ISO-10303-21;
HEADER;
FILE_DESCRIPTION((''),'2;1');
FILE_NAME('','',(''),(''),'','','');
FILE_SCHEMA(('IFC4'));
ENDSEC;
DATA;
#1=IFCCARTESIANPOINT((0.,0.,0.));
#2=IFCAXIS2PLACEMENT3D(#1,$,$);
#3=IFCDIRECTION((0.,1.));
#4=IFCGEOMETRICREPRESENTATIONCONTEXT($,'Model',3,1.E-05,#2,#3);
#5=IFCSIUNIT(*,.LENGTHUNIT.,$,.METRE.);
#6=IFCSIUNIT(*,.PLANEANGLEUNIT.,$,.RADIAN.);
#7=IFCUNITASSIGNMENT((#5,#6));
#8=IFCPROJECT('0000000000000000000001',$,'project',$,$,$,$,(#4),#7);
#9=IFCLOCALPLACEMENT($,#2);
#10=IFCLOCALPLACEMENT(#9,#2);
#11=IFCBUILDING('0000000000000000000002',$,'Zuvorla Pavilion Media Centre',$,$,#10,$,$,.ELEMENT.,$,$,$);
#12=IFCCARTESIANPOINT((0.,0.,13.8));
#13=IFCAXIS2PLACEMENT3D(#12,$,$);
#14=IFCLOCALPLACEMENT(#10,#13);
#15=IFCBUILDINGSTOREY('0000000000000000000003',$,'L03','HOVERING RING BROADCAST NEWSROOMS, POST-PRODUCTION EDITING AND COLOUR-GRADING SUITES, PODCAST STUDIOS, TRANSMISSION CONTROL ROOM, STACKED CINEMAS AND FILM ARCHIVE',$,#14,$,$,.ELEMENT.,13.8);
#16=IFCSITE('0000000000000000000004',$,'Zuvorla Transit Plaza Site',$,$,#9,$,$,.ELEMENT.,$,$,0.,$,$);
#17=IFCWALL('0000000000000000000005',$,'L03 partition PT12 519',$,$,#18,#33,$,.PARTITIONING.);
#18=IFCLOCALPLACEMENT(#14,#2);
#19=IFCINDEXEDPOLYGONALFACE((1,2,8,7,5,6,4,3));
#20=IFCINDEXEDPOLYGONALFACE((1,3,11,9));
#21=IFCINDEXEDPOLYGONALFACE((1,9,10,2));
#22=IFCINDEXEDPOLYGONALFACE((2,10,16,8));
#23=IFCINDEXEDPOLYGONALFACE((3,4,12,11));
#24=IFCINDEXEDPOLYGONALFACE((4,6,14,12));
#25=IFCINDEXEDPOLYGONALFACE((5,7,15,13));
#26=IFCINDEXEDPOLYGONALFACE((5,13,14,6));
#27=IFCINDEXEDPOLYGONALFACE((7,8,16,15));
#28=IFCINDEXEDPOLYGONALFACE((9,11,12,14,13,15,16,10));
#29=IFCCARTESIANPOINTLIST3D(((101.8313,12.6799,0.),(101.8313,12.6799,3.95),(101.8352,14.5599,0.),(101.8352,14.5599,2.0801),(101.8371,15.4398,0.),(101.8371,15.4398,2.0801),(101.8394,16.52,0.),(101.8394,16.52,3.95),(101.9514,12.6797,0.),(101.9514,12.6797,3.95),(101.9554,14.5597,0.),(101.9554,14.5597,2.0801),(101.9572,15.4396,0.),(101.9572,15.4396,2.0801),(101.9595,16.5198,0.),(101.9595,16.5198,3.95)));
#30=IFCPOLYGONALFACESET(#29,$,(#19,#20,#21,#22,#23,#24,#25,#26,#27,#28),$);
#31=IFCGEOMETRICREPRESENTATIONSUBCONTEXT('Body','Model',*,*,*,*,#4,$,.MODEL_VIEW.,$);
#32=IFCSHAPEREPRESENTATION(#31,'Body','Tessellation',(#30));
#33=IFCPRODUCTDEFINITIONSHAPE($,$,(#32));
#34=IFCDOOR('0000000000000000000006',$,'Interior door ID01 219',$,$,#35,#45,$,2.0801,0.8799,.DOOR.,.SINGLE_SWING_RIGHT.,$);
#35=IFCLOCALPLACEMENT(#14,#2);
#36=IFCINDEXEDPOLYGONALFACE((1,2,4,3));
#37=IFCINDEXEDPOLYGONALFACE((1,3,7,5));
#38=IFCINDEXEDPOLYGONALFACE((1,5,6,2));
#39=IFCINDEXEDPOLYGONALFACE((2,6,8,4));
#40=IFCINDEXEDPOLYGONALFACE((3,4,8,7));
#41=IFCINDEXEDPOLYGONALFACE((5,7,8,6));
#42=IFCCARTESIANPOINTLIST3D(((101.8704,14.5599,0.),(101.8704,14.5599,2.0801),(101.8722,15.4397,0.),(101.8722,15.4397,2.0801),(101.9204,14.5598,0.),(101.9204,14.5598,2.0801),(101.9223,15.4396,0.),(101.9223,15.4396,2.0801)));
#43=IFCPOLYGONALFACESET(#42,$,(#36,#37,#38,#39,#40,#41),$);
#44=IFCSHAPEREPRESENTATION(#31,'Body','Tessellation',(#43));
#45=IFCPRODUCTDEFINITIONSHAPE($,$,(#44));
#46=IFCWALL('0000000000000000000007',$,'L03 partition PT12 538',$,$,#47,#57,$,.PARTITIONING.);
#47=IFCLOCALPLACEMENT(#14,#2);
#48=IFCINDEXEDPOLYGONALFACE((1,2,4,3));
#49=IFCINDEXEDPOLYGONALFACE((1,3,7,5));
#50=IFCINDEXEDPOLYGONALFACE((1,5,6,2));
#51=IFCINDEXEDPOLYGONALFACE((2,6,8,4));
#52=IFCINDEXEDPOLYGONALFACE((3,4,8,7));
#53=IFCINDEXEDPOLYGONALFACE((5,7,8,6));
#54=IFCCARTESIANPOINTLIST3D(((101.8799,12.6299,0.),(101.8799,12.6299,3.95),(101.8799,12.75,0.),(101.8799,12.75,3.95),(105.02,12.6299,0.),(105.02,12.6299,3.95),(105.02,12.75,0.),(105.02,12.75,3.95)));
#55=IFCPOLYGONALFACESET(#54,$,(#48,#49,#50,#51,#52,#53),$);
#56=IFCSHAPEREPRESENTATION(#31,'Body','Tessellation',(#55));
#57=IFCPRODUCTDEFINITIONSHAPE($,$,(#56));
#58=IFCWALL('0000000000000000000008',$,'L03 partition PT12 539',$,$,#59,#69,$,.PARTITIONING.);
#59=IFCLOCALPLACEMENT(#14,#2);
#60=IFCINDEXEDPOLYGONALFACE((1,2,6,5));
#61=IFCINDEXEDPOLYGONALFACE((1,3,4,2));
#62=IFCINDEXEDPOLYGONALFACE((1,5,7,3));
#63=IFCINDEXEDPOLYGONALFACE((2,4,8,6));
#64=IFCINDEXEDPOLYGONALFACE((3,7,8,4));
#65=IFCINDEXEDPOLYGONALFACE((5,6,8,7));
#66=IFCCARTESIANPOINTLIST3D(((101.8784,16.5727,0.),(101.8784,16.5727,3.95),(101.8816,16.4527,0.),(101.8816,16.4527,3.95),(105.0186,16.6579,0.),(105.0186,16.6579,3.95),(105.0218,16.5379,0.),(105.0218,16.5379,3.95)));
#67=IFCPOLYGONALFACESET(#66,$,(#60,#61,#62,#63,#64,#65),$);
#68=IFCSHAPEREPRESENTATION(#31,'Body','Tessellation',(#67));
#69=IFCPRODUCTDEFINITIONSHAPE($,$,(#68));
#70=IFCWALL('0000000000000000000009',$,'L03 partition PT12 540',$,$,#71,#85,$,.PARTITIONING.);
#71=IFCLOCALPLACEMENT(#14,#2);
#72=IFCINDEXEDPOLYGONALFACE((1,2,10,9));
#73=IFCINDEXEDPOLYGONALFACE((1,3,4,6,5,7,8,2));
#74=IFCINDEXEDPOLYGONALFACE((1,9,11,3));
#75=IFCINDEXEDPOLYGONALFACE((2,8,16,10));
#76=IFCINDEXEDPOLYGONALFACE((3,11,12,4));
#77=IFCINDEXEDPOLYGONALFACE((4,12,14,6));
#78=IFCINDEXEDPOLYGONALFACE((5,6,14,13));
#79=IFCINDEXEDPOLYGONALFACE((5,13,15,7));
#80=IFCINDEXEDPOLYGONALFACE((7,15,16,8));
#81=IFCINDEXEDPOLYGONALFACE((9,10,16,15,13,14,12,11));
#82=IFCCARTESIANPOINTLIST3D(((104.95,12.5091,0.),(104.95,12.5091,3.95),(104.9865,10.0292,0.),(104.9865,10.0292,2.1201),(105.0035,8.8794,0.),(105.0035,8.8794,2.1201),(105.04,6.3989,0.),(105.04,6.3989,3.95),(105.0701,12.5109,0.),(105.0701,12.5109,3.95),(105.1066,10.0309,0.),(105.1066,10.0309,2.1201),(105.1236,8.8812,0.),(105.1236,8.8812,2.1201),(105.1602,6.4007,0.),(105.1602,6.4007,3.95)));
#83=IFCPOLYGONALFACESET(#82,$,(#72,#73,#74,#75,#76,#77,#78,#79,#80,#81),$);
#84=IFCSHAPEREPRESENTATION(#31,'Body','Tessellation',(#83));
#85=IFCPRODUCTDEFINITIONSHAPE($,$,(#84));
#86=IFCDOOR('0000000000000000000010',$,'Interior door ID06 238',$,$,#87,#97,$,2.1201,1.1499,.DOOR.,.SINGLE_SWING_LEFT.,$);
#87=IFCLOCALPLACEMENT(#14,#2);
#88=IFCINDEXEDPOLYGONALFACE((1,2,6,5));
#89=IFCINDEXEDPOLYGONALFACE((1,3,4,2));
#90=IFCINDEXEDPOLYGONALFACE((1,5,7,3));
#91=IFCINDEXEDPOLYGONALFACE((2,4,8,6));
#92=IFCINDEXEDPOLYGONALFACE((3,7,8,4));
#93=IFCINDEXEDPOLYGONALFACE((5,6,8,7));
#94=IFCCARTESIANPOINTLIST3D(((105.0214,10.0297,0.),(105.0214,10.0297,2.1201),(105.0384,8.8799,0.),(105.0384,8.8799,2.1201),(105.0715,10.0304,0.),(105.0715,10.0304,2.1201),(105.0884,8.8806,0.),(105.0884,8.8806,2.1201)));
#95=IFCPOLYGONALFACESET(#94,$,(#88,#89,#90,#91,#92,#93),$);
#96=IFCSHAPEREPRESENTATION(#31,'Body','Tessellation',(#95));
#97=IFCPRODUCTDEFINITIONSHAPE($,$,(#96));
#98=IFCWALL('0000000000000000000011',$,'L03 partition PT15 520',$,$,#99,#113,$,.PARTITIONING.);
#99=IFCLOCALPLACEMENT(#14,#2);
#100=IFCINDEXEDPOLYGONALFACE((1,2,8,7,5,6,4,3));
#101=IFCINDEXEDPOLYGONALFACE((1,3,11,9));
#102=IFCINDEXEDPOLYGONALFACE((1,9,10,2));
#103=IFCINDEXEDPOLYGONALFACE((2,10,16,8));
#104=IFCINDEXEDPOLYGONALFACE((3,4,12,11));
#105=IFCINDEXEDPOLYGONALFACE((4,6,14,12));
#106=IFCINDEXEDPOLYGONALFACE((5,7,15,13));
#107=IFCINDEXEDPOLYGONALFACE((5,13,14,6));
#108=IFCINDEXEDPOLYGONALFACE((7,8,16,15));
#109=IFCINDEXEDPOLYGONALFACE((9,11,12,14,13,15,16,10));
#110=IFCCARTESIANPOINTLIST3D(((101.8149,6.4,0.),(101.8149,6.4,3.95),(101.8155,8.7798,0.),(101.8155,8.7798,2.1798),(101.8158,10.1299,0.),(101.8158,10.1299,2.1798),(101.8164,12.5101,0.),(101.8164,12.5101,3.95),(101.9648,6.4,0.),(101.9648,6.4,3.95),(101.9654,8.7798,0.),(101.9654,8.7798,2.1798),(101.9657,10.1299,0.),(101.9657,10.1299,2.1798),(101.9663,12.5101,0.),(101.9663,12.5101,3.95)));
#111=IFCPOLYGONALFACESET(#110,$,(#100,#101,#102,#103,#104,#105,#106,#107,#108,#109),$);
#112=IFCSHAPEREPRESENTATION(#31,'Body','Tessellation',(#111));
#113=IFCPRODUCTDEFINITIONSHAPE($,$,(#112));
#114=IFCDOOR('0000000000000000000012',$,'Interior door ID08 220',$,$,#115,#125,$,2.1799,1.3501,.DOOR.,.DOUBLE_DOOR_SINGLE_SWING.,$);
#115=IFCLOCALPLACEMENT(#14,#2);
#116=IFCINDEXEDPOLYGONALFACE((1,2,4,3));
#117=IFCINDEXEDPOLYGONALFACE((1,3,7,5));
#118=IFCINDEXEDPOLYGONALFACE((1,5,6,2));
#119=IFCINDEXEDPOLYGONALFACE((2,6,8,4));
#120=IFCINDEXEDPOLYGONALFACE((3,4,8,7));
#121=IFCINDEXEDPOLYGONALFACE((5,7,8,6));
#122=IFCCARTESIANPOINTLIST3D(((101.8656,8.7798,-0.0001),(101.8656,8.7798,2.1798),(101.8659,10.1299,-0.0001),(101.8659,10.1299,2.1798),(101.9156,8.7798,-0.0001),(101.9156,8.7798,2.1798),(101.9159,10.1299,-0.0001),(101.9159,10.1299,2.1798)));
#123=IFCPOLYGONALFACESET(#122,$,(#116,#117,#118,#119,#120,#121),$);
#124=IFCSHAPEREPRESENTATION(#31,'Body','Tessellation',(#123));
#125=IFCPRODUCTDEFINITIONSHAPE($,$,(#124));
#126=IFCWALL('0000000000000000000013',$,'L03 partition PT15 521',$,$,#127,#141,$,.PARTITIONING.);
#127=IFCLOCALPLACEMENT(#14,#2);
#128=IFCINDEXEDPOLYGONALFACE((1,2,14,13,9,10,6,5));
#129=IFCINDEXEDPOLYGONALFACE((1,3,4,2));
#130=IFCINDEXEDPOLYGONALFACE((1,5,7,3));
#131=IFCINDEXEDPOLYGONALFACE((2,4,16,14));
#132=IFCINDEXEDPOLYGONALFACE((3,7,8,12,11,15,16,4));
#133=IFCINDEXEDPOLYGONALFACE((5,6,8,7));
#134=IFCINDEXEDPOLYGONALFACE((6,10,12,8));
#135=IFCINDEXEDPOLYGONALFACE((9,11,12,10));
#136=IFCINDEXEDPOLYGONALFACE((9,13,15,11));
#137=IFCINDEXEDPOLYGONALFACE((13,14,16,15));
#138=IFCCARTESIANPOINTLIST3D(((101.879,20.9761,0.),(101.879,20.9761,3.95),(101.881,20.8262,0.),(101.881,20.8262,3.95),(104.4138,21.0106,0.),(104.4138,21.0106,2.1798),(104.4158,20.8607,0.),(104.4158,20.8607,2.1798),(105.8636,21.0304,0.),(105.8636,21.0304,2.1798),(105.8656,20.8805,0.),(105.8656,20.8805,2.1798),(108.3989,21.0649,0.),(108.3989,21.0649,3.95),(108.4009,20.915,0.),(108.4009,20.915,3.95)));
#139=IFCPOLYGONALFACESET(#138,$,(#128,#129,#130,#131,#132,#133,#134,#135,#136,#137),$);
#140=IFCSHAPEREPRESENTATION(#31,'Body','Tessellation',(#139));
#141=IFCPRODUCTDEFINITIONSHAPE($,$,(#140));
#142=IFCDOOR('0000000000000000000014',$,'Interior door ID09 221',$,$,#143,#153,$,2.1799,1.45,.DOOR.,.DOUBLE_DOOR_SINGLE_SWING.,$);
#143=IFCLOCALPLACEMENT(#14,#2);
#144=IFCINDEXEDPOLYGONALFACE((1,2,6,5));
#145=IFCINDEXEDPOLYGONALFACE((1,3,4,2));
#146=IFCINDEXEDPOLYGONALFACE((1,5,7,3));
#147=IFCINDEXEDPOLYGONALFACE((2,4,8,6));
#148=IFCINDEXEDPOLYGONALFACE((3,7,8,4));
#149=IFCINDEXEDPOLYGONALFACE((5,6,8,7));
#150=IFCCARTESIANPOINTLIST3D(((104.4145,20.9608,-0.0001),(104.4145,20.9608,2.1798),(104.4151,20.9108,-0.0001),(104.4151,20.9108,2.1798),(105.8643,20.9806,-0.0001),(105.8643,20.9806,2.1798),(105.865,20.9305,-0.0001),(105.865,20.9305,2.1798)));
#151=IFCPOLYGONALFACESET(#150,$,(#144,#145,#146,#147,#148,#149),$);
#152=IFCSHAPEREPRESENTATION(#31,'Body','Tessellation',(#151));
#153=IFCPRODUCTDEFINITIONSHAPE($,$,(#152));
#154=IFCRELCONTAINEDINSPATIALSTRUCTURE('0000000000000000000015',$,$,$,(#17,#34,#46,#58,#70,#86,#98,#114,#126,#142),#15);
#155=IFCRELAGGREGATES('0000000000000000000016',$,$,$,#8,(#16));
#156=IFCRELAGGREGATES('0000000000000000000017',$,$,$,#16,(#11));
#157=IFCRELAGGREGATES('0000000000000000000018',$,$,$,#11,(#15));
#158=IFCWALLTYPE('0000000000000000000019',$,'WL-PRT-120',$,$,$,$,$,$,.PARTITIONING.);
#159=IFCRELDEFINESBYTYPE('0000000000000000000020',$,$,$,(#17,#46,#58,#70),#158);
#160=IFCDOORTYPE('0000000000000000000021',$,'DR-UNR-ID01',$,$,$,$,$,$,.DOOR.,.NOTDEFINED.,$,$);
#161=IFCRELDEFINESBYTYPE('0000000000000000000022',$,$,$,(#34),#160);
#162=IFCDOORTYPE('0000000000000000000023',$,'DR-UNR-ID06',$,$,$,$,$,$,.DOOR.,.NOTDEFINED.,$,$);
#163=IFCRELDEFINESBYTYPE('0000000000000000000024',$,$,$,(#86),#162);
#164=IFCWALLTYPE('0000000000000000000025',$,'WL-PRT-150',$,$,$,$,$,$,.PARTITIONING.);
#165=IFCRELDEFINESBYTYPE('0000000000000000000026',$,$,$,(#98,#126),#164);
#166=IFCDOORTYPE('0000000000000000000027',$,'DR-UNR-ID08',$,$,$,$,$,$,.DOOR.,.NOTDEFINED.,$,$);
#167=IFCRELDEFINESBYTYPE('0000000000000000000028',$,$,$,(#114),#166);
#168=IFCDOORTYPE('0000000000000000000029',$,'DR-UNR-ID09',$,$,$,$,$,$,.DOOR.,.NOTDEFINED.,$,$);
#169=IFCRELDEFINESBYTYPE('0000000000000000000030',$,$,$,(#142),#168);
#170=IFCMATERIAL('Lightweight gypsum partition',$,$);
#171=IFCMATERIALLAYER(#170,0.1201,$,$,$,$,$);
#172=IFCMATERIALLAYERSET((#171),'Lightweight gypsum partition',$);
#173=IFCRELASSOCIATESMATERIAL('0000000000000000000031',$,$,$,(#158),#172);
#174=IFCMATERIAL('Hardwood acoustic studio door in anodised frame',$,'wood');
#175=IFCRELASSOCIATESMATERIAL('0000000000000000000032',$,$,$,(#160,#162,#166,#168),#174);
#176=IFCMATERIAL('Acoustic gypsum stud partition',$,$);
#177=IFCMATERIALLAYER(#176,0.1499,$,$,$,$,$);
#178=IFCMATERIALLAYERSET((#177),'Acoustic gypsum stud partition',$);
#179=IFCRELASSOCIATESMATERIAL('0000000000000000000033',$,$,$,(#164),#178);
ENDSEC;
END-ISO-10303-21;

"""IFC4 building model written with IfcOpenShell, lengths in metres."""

from ifc_helpers import new_model, si_unit, direction, frame, frame_2d, origin, place, context, subcontext, project, spatial, rectangle, extrude, material, layer, layer_set, type_object, element, fill, save


model = new_model("IFC4")

# Units and contexts
model_context = context("Model", 3, precision=1e-05, world=origin(), true_north=direction((0.0, 1.0)))
body_context = subcontext(model_context, "Body", "Model", "MODEL_VIEW")
ifc_project = project(units=[si_unit("LENGTHUNIT", "METRE"), si_unit("PLANEANGLEUNIT", "RADIAN")], contexts=[model_context])

# Site, building, storey
site_placement = place(None, origin())
site = spatial("IfcSite", under=ifc_project, at=site_placement, Name="Zuvorla Transit Plaza Site", CompositionType="ELEMENT", RefElevation=0.0)
building_placement = place(site_placement, origin())
building = spatial("IfcBuilding", under=site, at=building_placement, Name="Zuvorla Pavilion Media Centre", CompositionType="ELEMENT")
storey_placement = place(building_placement, frame((0.0, 0.0, 13.8)))
storey = spatial("IfcBuildingStorey", under=building, at=storey_placement, Name="L03", Description="HOVERING RING BROADCAST NEWSROOMS, POST-PRODUCTION EDITING AND COLOUR-GRADING SUITES, PODCAST STUDIOS, TRANSMISSION CONTROL ROOM, STACKED CINEMAS AND FILM ARCHIVE", CompositionType="ELEMENT", Elevation=13.8)

# Wall, opening, door
ifc_material_1 = material(Name="Lightweight gypsum partition")
ifc_layer_1 = layer(ifc_material_1, 0.1201)
ifc_layer_set_1 = layer_set([ifc_layer_1], Name="Lightweight gypsum partition")
wall_type_1 = type_object("IfcWallType", Name="WL-PRT-120", PredefinedType="PARTITIONING", material=ifc_layer_set_1)
wall_1_placement = place(storey_placement, frame((101.8914, 12.6799, 0.0), z_axis=(0.0, 0.0, 1.0), x_axis=(0.002098, 0.999998, 0.0)))
wall_1 = element("IfcWall", 1, at=wall_1_placement, inside=storey, type_object=wall_type_1, Name="L03 partition PT12 519", PredefinedType="PARTITIONING", context=body_context, shape_type="SweptSolid", body=[
    extrude(rectangle(XDim=3.8401, YDim=0.1201, at=frame_2d((1.9199, 0.0))), origin(), (0.0, 0.0, 1.0), 3.95),
])
opening_1_placement = place(wall_1_placement, frame((1.8799, 0.0, 0.0)))
opening_1 = element("IfcOpeningElement", 2, at=opening_1_placement, cuts=wall_1, PredefinedType="OPENING", context=body_context, shape_type="SweptSolid", body=[
    extrude(rectangle(XDim=0.8799, YDim=2.0801, at=frame_2d((0.4399, 1.04))), frame((0.0, 0.0701, 0.0), z_axis=(0.0, -1.0, 0.0), x_axis=(1.0, 0.0, 0.0)), (0.0, 0.0, 1.0), 0.1401),
])
ifc_material_2 = material(Name="Hardwood acoustic studio door in anodised frame", Category="wood")
door_type_1 = type_object("IfcDoorType", Name="DR-UNR-ID01", OperationType="NOTDEFINED", PredefinedType="DOOR", material=ifc_material_2)
door_1_placement = place(opening_1_placement, origin())
door_1 = element("IfcDoor", 3, at=door_1_placement, inside=storey, type_object=door_type_1, Name="Interior door ID01 219", OperationType="SINGLE_SWING_RIGHT", OverallHeight=2.0801, OverallWidth=0.8799, PredefinedType="DOOR", context=body_context, shape_type="SweptSolid", body=[
    extrude(rectangle(XDim=0.8799, YDim=2.0801, at=frame_2d((0.4399, 1.04))), frame((0.0, 0.0249, 0.0), z_axis=(0.0, -1.0, 0.0), x_axis=(1.0, 0.0, 0.0)), (0.0, 0.0, 1.0), 0.05),
])
fill(opening_1, door_1)

# Walls
wall_2_placement = place(storey_placement, frame((105.02, 12.6899, 0.0), z_axis=(0.0, 0.0, 1.0), x_axis=(-1.0, 0.0, 0.0)))
element("IfcWall", 4, at=wall_2_placement, inside=storey, type_object=wall_type_1, Name="L03 partition PT12 538", PredefinedType="PARTITIONING", context=body_context, shape_type="SweptSolid", body=[
    extrude(rectangle(XDim=3.1401, YDim=0.1201, at=frame_2d((1.5701, 0.0))), origin(), (0.0, 0.0, 1.0), 3.95),
])
wall_3_placement = place(storey_placement, frame((101.8799, 16.5127, 0.0), z_axis=(0.0, 0.0, 1.0), x_axis=(0.999632, 0.027124, 0.0)))
element("IfcWall", 5, at=wall_3_placement, inside=storey, type_object=wall_type_1, Name="L03 partition PT12 539", PredefinedType="PARTITIONING", context=body_context, shape_type="SweptSolid", body=[
    extrude(rectangle(XDim=3.1414, YDim=0.1201, at=frame_2d((1.5708, 0.0))), origin(), (0.0, 0.0, 1.0), 3.95),
])

# Walls, openings, doors
wall_4_placement = place(storey_placement, frame((105.01, 12.51, 0.0), z_axis=(0.0, 0.0, 1.0), x_axis=(0.014742, -0.999891, 0.0)))
wall_4 = element("IfcWall", 6, at=wall_4_placement, inside=storey, type_object=wall_type_1, Name="L03 partition PT12 540", PredefinedType="PARTITIONING", context=body_context, shape_type="SweptSolid", body=[
    extrude(rectangle(XDim=6.1108, YDim=0.1201, at=frame_2d((3.0554, 0.0))), origin(), (0.0, 0.0, 1.0), 3.95),
])
opening_2_placement = place(wall_4_placement, frame((2.4802, 0.0, 0.0)))
opening_2 = element("IfcOpeningElement", 7, at=opening_2_placement, cuts=wall_4, PredefinedType="OPENING", context=body_context, shape_type="SweptSolid", body=[
    extrude(rectangle(XDim=1.1499, YDim=2.1201, at=frame_2d((0.575, 1.0601))), frame((0.0, 0.0701, 0.0), z_axis=(0.0, -1.0, 0.0), x_axis=(1.0, 0.0, 0.0)), (0.0, 0.0, 1.0), 0.1401),
])
door_type_2 = type_object("IfcDoorType", Name="DR-UNR-ID06", OperationType="NOTDEFINED", PredefinedType="DOOR", material=ifc_material_2)
door_2_placement = place(opening_2_placement, origin())
door_2 = element("IfcDoor", 8, at=door_2_placement, inside=storey, type_object=door_type_2, Name="Interior door ID06 238", OperationType="SINGLE_SWING_LEFT", OverallHeight=2.1201, OverallWidth=1.1499, PredefinedType="DOOR", context=body_context, shape_type="SweptSolid", body=[
    extrude(rectangle(XDim=1.1499, YDim=2.1201, at=frame_2d((0.575, 1.0601))), frame((0.0, 0.0249, 0.0), z_axis=(0.0, -1.0, 0.0), x_axis=(1.0, 0.0, 0.0)), (0.0, 0.0, 1.0), 0.05),
])
fill(opening_2, door_2)
ifc_material_3 = material(Name="Acoustic gypsum stud partition")
ifc_layer_2 = layer(ifc_material_3, 0.1499)
ifc_layer_set_2 = layer_set([ifc_layer_2], Name="Acoustic gypsum stud partition")
wall_type_2 = type_object("IfcWallType", Name="WL-PRT-150", PredefinedType="PARTITIONING", material=ifc_layer_set_2)
wall_5_placement = place(storey_placement, frame((101.8899, 6.3999, 0.0), z_axis=(0.0, 0.0, 1.0), x_axis=(0.00024, 1.0, 0.0)))
wall_5 = element("IfcWall", 9, at=wall_5_placement, inside=storey, type_object=wall_type_2, Name="L03 partition PT15 520", PredefinedType="PARTITIONING", context=body_context, shape_type="SweptSolid", body=[
    extrude(rectangle(XDim=6.1101, YDim=0.1499, at=frame_2d((3.0552, 0.0))), origin(), (0.0, 0.0, 1.0), 3.95),
])
opening_3_placement = place(wall_5_placement, frame((2.3799, 0.0, 0.0)))
opening_3 = element("IfcOpeningElement", 10, at=opening_3_placement, cuts=wall_5, PredefinedType="OPENING", context=body_context, shape_type="SweptSolid", body=[
    extrude(rectangle(XDim=1.3501, YDim=2.1799, at=frame_2d((0.675, 1.0898))), frame((0.0, 0.085, 0.0), z_axis=(0.0, -1.0, 0.0), x_axis=(1.0, 0.0, 0.0)), (0.0, 0.0, 1.0), 0.1699),
])
door_type_3 = type_object("IfcDoorType", Name="DR-UNR-ID08", OperationType="NOTDEFINED", PredefinedType="DOOR", material=ifc_material_2)
door_3_placement = place(opening_3_placement, origin())
door_3 = element("IfcDoor", 11, at=door_3_placement, inside=storey, type_object=door_type_3, Name="Interior door ID08 220", OperationType="DOUBLE_DOOR_SINGLE_SWING", OverallHeight=2.1799, OverallWidth=1.3501, PredefinedType="DOOR", context=body_context, shape_type="SweptSolid", body=[
    extrude(rectangle(XDim=1.3501, YDim=2.1799, at=frame_2d((0.675, 1.0898))), frame((0.0, 0.0249, 0.0), z_axis=(0.0, -1.0, 0.0), x_axis=(1.0, 0.0, 0.0)), (0.0, 0.0, 1.0), 0.05),
])
fill(opening_3, door_3)
wall_6_placement = place(storey_placement, frame((108.3999, 20.99, 0.0), z_axis=(0.0, 0.0, 1.0), x_axis=(-0.999907, -0.013629, 0.0)))
wall_6 = element("IfcWall", 12, at=wall_6_placement, inside=storey, type_object=wall_type_2, Name="L03 partition PT15 521", PredefinedType="PARTITIONING", context=body_context, shape_type="SweptSolid", body=[
    extrude(rectangle(XDim=6.5205, YDim=0.1499, at=frame_2d((3.2603, 0.0))), origin(), (0.0, 0.0, 1.0), 3.95),
])
opening_4_placement = place(wall_6_placement, frame((2.5354, 0.0, 0.0)))
opening_4 = element("IfcOpeningElement", 13, at=opening_4_placement, cuts=wall_6, PredefinedType="OPENING", context=body_context, shape_type="SweptSolid", body=[
    extrude(rectangle(XDim=1.45, YDim=2.1799, at=frame_2d((0.7251, 1.0898))), frame((0.0, 0.085, 0.0), z_axis=(0.0, -1.0, 0.0), x_axis=(1.0, 0.0, 0.0)), (0.0, 0.0, 1.0), 0.1699),
])
door_type_4 = type_object("IfcDoorType", Name="DR-UNR-ID09", OperationType="NOTDEFINED", PredefinedType="DOOR", material=ifc_material_2)
door_4_placement = place(opening_4_placement, origin())
door_4 = element("IfcDoor", 14, at=door_4_placement, inside=storey, type_object=door_type_4, Name="Interior door ID09 221", OperationType="DOUBLE_DOOR_SINGLE_SWING", OverallHeight=2.1799, OverallWidth=1.45, PredefinedType="DOOR", context=body_context, shape_type="SweptSolid", body=[
    extrude(rectangle(XDim=1.45, YDim=2.1799, at=frame_2d((0.7251, 1.0898))), frame((0.0, 0.0249, 0.0), z_axis=(0.0, -1.0, 0.0), x_axis=(1.0, 0.0, 0.0)), (0.0, 0.0, 1.0), 0.05),
])
fill(opening_4, door_4)

save(model, "model.ifc")
